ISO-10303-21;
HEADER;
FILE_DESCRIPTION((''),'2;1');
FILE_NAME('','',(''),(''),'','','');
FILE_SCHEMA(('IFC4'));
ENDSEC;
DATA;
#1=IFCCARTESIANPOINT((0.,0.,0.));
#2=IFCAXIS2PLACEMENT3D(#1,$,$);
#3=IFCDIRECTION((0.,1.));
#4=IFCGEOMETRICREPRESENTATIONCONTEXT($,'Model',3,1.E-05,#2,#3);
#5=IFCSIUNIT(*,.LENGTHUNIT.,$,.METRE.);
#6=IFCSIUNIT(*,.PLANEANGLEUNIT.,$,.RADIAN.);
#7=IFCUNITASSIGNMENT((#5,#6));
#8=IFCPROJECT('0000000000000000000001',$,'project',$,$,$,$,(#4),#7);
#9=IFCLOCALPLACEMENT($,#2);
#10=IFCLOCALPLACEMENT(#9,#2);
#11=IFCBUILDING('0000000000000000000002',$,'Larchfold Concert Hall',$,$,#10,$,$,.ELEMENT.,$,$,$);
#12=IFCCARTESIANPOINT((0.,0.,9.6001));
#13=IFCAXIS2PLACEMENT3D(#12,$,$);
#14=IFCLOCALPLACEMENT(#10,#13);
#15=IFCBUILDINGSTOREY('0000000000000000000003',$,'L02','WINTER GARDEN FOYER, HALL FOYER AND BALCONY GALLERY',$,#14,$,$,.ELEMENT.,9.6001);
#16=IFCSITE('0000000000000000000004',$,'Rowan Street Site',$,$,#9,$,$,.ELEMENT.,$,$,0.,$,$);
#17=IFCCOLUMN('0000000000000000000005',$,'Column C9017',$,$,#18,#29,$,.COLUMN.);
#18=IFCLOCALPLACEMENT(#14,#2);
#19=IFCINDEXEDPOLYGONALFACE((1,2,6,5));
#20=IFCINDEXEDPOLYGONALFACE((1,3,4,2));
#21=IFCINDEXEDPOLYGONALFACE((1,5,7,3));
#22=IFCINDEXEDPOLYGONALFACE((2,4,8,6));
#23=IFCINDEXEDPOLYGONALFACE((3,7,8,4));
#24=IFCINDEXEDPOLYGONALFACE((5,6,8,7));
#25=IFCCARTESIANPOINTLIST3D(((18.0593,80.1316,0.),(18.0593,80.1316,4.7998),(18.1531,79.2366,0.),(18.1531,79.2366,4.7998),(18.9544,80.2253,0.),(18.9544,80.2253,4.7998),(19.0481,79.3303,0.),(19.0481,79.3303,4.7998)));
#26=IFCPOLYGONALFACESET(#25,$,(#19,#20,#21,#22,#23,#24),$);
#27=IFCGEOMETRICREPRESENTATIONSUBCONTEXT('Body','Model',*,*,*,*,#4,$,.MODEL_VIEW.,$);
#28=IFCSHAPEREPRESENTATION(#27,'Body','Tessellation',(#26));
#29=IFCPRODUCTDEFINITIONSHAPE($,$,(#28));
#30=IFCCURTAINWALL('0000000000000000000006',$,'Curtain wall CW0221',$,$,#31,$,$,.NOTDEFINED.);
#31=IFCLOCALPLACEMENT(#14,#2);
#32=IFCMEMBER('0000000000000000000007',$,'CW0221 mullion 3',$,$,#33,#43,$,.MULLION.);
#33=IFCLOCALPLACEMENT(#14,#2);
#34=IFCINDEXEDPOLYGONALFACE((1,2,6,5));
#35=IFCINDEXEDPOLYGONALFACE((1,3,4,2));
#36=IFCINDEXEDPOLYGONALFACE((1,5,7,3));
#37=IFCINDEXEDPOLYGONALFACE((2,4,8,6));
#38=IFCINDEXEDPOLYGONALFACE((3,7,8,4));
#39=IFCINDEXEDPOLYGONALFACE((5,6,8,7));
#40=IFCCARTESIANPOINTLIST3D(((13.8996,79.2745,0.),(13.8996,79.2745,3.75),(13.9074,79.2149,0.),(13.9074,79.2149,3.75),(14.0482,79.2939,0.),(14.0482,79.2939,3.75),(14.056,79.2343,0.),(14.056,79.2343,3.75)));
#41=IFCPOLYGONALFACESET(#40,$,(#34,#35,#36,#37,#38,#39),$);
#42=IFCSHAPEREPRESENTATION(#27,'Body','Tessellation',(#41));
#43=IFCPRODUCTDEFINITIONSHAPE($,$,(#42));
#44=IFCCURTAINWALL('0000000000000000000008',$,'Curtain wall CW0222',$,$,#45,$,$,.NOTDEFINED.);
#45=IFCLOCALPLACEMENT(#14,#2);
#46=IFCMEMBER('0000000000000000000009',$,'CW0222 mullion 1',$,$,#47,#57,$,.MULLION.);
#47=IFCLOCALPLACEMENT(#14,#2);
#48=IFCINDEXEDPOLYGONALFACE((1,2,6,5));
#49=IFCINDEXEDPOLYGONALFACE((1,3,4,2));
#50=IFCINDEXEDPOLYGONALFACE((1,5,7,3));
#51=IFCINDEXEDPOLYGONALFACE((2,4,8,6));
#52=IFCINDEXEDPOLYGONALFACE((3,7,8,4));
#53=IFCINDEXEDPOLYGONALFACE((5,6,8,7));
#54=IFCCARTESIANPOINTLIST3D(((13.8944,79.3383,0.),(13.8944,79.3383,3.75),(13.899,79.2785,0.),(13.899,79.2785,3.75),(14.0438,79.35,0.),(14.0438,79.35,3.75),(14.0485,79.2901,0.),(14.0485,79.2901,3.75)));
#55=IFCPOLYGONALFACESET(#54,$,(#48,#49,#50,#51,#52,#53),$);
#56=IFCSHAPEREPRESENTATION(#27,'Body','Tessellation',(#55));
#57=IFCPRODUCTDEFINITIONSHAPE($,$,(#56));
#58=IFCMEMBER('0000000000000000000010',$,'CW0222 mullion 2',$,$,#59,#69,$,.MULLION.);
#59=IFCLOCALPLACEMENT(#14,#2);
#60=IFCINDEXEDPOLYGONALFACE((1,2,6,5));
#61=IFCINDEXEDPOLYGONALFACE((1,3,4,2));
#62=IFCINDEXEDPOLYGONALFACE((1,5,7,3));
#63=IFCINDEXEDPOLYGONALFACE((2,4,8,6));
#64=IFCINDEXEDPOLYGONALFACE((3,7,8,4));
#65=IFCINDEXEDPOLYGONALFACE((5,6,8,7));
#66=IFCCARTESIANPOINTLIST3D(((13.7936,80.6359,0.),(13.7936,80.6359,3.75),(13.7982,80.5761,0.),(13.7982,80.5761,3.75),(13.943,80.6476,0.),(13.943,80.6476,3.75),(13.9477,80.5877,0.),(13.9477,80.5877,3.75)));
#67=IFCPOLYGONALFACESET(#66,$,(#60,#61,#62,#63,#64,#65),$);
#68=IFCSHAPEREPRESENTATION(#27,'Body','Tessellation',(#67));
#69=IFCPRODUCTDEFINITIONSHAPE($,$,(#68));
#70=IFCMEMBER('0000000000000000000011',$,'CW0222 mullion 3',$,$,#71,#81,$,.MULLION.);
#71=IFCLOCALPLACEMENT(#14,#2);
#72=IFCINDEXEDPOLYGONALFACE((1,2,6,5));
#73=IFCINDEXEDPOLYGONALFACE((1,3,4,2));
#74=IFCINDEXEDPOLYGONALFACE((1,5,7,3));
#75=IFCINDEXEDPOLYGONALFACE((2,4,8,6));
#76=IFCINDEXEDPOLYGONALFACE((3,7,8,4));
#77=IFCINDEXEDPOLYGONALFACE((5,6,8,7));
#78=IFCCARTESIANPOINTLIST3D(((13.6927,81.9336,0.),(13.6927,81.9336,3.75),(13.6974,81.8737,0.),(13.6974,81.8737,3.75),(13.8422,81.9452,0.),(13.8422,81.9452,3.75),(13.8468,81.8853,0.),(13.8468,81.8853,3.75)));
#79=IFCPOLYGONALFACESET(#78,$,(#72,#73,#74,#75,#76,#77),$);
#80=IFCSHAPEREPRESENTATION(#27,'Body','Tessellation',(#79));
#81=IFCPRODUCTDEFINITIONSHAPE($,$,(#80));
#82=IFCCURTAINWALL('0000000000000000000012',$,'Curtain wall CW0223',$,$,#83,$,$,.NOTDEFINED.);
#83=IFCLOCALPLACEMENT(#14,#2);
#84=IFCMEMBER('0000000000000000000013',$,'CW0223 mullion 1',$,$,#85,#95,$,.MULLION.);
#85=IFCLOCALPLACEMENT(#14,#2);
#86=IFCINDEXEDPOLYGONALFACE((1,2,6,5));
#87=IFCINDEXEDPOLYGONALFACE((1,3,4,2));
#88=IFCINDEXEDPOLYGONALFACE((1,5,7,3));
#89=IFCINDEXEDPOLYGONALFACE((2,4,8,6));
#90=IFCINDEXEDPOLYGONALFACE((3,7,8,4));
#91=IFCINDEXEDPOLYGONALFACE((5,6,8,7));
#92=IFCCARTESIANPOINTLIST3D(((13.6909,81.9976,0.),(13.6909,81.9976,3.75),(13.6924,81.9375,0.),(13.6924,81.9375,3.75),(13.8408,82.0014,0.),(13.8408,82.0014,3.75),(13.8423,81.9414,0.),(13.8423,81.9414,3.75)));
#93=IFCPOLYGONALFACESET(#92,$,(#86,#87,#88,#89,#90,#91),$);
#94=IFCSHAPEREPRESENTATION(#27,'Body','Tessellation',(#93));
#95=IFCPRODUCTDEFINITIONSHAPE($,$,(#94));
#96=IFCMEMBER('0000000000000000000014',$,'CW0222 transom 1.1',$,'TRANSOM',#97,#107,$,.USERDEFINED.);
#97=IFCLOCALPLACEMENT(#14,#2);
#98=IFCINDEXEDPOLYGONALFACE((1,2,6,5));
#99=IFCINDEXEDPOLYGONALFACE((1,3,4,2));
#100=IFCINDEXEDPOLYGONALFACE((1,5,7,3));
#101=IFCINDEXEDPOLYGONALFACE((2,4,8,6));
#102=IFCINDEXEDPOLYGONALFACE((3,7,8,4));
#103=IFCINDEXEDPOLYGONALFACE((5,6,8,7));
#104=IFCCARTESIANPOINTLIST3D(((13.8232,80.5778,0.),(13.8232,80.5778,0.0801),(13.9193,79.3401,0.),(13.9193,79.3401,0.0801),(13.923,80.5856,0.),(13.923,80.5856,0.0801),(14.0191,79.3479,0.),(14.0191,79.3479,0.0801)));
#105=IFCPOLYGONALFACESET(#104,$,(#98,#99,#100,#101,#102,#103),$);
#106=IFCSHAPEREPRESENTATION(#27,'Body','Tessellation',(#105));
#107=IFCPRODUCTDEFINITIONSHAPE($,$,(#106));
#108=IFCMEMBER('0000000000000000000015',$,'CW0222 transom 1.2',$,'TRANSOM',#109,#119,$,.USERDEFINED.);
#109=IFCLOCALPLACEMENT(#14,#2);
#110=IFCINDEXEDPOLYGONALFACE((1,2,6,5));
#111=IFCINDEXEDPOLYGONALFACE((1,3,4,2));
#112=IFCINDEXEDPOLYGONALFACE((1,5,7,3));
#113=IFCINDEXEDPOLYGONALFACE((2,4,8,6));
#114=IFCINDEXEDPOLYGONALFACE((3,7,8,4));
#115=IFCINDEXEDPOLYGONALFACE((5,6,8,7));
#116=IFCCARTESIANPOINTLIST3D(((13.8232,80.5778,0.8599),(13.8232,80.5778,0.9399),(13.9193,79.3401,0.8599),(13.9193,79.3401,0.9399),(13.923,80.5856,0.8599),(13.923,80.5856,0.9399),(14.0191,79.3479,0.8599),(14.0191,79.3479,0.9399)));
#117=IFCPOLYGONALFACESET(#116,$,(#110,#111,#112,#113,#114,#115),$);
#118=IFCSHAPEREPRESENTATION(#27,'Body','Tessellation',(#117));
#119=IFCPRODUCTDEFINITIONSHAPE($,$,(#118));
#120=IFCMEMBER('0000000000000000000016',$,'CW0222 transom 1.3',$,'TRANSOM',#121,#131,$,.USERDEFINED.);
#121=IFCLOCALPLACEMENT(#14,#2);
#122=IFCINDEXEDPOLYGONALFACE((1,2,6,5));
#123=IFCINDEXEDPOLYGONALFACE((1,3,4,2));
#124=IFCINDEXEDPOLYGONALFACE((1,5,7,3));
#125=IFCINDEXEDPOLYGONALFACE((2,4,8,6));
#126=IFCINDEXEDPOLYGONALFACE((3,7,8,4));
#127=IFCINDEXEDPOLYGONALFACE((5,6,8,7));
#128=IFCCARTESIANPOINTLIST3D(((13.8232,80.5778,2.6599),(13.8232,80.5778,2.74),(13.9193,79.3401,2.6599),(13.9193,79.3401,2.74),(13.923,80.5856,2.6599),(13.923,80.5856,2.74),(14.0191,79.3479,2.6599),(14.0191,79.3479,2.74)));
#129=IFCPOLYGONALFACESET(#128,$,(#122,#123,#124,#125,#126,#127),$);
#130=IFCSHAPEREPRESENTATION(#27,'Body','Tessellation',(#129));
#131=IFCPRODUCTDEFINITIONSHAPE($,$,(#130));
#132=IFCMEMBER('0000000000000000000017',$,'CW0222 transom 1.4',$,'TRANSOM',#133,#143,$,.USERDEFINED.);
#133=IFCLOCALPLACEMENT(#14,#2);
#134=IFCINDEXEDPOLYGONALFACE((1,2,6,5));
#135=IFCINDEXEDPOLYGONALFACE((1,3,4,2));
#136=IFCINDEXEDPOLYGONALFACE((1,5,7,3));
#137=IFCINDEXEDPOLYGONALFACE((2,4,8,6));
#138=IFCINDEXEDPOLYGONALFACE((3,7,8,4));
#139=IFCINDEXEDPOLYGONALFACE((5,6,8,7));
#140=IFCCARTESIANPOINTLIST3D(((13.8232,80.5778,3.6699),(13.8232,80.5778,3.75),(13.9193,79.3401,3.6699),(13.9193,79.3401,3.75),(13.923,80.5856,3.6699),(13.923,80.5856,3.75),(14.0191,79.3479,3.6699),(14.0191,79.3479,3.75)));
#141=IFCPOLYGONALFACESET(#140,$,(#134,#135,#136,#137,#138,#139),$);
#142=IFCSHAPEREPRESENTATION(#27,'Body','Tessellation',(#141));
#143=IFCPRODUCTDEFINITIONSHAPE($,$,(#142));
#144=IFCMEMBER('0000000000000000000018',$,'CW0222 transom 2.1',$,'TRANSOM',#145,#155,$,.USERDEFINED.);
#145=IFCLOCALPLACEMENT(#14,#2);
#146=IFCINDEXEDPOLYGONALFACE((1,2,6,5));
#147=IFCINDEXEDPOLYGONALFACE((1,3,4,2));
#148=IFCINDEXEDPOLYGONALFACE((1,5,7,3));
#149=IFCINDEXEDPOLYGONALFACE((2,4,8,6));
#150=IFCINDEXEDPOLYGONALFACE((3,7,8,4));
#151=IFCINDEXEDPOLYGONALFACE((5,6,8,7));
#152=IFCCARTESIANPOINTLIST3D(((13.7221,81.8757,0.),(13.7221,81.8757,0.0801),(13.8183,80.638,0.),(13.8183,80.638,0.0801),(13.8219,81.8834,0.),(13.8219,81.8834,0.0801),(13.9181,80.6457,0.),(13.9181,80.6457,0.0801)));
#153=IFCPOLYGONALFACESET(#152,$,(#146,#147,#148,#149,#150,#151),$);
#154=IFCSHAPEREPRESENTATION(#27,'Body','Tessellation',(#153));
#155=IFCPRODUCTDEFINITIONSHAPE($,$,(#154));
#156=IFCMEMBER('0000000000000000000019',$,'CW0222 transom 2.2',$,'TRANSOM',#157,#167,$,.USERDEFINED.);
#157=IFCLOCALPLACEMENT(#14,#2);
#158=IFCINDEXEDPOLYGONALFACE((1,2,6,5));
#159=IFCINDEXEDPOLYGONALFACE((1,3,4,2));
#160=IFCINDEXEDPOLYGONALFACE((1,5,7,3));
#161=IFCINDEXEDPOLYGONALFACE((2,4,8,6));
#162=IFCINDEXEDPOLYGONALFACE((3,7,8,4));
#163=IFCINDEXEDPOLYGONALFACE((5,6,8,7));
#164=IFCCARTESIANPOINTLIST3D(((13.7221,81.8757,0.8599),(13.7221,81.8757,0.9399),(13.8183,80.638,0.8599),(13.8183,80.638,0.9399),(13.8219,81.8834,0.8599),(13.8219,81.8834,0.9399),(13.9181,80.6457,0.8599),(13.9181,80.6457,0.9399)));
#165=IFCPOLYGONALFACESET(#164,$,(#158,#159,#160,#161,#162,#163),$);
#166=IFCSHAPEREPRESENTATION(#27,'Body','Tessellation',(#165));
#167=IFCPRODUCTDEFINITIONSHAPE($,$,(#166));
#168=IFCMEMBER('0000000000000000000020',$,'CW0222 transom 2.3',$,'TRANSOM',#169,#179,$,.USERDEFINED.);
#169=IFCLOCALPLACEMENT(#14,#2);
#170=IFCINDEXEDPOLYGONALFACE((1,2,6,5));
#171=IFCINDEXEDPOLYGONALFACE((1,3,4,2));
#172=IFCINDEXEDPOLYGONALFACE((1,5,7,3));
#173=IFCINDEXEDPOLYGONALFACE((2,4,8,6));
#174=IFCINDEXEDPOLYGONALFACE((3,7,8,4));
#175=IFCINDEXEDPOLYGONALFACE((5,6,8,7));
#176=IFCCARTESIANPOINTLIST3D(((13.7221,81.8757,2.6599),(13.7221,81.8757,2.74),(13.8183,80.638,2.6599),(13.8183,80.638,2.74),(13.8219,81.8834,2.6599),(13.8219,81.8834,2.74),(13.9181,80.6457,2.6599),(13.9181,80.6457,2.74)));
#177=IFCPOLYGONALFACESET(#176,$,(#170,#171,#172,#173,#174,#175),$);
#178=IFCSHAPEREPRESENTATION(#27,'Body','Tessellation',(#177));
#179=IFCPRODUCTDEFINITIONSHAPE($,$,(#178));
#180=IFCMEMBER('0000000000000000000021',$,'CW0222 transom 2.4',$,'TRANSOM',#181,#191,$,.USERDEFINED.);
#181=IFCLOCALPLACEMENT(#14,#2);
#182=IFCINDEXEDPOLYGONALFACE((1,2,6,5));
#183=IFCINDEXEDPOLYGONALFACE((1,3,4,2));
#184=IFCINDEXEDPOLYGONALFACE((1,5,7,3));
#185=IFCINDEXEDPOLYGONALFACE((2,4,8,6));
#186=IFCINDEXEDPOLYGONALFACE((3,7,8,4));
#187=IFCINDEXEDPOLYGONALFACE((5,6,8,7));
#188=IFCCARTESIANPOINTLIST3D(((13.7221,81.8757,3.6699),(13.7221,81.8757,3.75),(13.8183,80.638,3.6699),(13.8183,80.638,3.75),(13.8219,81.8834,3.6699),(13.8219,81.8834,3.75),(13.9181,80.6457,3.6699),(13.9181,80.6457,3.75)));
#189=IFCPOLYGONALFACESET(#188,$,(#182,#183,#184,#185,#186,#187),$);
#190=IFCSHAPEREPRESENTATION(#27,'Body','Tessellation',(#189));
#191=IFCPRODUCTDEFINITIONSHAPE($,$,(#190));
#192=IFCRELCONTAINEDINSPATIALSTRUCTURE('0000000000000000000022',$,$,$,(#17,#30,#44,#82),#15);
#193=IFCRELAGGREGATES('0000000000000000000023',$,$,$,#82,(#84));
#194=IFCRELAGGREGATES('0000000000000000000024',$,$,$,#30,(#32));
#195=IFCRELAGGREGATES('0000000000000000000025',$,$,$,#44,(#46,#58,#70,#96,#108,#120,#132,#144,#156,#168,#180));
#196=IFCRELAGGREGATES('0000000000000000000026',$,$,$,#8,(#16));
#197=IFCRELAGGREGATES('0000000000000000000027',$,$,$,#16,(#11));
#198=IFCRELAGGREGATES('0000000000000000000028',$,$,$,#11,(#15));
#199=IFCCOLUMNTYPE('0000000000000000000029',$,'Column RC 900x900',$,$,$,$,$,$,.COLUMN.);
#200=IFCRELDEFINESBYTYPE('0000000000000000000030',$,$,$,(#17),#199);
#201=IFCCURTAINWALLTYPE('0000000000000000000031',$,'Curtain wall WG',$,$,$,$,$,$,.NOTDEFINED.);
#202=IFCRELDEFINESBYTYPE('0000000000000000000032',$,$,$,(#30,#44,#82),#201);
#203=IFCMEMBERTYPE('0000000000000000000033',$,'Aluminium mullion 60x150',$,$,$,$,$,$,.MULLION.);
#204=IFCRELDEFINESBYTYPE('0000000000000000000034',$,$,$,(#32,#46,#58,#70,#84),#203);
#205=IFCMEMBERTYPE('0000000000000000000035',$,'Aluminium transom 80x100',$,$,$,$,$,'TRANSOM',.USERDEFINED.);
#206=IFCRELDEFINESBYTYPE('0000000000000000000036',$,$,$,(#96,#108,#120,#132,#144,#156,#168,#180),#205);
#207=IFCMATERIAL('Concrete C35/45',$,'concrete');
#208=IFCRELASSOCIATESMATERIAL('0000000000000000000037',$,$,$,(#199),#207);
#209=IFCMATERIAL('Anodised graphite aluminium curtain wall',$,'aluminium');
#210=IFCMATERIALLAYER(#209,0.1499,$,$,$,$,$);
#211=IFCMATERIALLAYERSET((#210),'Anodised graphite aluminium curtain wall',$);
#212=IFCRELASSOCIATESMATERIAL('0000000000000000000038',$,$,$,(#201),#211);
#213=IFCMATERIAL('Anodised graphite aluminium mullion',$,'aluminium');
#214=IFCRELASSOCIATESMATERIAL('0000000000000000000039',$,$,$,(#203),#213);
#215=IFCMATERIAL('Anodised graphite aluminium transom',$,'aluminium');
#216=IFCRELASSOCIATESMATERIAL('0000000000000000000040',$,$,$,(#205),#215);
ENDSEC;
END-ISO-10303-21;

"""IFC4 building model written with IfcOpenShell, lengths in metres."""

from ifc_helpers import new_model, si_unit, direction, frame, origin, origin_2d, place, context, subcontext, project, spatial, rectangle, extrude, material, layer, layer_set, material_profile, profile_set, type_object, element, aggregate, save


model = new_model("IFC4")

# Units and contexts
model_context = context("Model", 3, precision=1e-05, world=origin(), true_north=direction((0.0, 1.0)))
body_context = subcontext(model_context, "Body", "Model", "MODEL_VIEW")
ifc_project = project(units=[si_unit("LENGTHUNIT", "METRE"), si_unit("PLANEANGLEUNIT", "RADIAN")], contexts=[model_context])

# Site, building, storey
site_placement = place(None, origin())
site = spatial("IfcSite", under=ifc_project, at=site_placement, Name="Rowan Street Site", CompositionType="ELEMENT", RefElevation=0.0)
building_placement = place(site_placement, origin())
building = spatial("IfcBuilding", under=site, at=building_placement, Name="Larchfold Concert Hall", CompositionType="ELEMENT")
storey_placement = place(building_placement, frame((0.0, 0.0, 9.6001)))
storey = spatial("IfcBuildingStorey", under=building, at=storey_placement, Name="L02", Description="WINTER GARDEN FOYER, HALL FOYER AND BALCONY GALLERY", CompositionType="ELEMENT", Elevation=9.6001)

# Column
ifc_material_1 = material(Name="Concrete C35/45", Category="concrete")
ifc_material_profile_1 = material_profile(ifc_material_1, rectangle(XDim=0.8999, YDim=0.8999, at=origin_2d()))
ifc_profile_set_1 = profile_set([ifc_material_profile_1], Name="Concrete C35/45")
column_type = type_object("IfcColumnType", Name="Column RC 900x900", PredefinedType="COLUMN", material=ifc_profile_set_1)
column_placement = place(storey_placement, frame((18.5537, 79.731, 0.0), z_axis=(0.0, 0.0, 1.0), x_axis=(0.994561, 0.104152, 0.0)))
element("IfcColumn", 1, at=column_placement, inside=storey, type_object=column_type, Name="Column C9017", PredefinedType="COLUMN", context=body_context, shape_type="SweptSolid", body=[
    extrude(rectangle(XDim=0.8999, YDim=0.8999, at=origin_2d()), origin(), (0.0, 0.0, 1.0), 4.7998),
])

# Curtain wall, member
ifc_material_2 = material(Name="Anodised graphite aluminium curtain wall", Category="aluminium")
ifc_layer_1 = layer(ifc_material_2, 0.1499)
ifc_layer_set_1 = layer_set([ifc_layer_1], Name="Anodised graphite aluminium curtain wall")
curtain_wall_type = type_object("IfcCurtainWallType", Name="Curtain wall WG", PredefinedType="NOTDEFINED", material=ifc_layer_set_1)
curtain_wall_1_placement = place(storey_placement, origin())
curtain_wall_1 = element("IfcCurtainWall", 2, at=curtain_wall_1_placement, inside=storey, type_object=curtain_wall_type, Name="Curtain wall CW0221", PredefinedType="NOTDEFINED")
ifc_material_3 = material(Name="Anodised graphite aluminium mullion", Category="aluminium")
ifc_material_profile_2 = material_profile(ifc_material_3, rectangle(XDim=0.1499, YDim=0.0601, at=origin_2d()))
ifc_profile_set_2 = profile_set([ifc_material_profile_2], Name="Anodised graphite aluminium mullion")
member_type_1 = type_object("IfcMemberType", Name="Aluminium mullion 60x150", PredefinedType="MULLION", material=ifc_profile_set_2)
member_1_placement = place(storey_placement, frame((13.9778, 79.2544, 0.0), z_axis=(0.0, 0.0, 1.0), x_axis=(-0.991561, -0.129644, 0.0)))
member_1 = element("IfcMember", 3, at=member_1_placement, type_object=member_type_1, Name="CW0221 mullion 3", PredefinedType="MULLION", context=body_context, shape_type="SweptSolid", body=[
    extrude(rectangle(XDim=0.1499, YDim=0.0601, at=origin_2d()), origin(), (0.0, 0.0, 1.0), 3.75),
])

# Curtain wall, members
curtain_wall_2_placement = place(storey_placement, origin())
curtain_wall_2 = element("IfcCurtainWall", 4, at=curtain_wall_2_placement, inside=storey, type_object=curtain_wall_type, Name="Curtain wall CW0222", PredefinedType="NOTDEFINED")
member_2_placement = place(storey_placement, frame((13.9714, 79.3142, 0.0), z_axis=(0.0, 0.0, 1.0), x_axis=(-0.996988, -0.077552, 0.0)))
member_2 = element("IfcMember", 5, at=member_2_placement, type_object=member_type_1, Name="CW0222 mullion 1", PredefinedType="MULLION", context=body_context, shape_type="SweptSolid", body=[
    extrude(rectangle(XDim=0.1499, YDim=0.0601, at=origin_2d()), origin(), (0.0, 0.0, 1.0), 3.75),
])
member_3_placement = place(storey_placement, frame((13.8706, 80.6118, 0.0), z_axis=(0.0, 0.0, 1.0), x_axis=(-0.996988, -0.077552, 0.0)))
member_3 = element("IfcMember", 6, at=member_3_placement, type_object=member_type_1, Name="CW0222 mullion 2", PredefinedType="MULLION", context=body_context, shape_type="SweptSolid", body=[
    extrude(rectangle(XDim=0.1499, YDim=0.0601, at=origin_2d()), origin(), (0.0, 0.0, 1.0), 3.75),
])
member_4_placement = place(storey_placement, frame((13.7698, 81.9094, 0.0), z_axis=(0.0, 0.0, 1.0), x_axis=(-0.996988, -0.077552, 0.0)))
member_4 = element("IfcMember", 7, at=member_4_placement, type_object=member_type_1, Name="CW0222 mullion 3", PredefinedType="MULLION", context=body_context, shape_type="SweptSolid", body=[
    extrude(rectangle(XDim=0.1499, YDim=0.0601, at=origin_2d()), origin(), (0.0, 0.0, 1.0), 3.75),
])

# Curtain wall, member
curtain_wall_3_placement = place(storey_placement, origin())
curtain_wall_3 = element("IfcCurtainWall", 8, at=curtain_wall_3_placement, inside=storey, type_object=curtain_wall_type, Name="Curtain wall CW0223", PredefinedType="NOTDEFINED")
member_5_placement = place(storey_placement, frame((13.7666, 81.9695, 0.0), z_axis=(0.0, 0.0, 1.0), x_axis=(-0.999668, -0.025776, 0.0)))
member_5 = element("IfcMember", 9, at=member_5_placement, type_object=member_type_1, Name="CW0223 mullion 1", PredefinedType="MULLION", context=body_context, shape_type="SweptSolid", body=[
    extrude(rectangle(XDim=0.1499, YDim=0.0601, at=origin_2d()), origin(), (0.0, 0.0, 1.0), 3.75),
])
aggregate(curtain_wall_3, [member_5])

# Members
ifc_material_4 = material(Name="Anodised graphite aluminium transom", Category="aluminium")
ifc_material_profile_3 = material_profile(ifc_material_4, rectangle(XDim=0.1001, YDim=0.0801, at=origin_2d()))
ifc_profile_set_3 = profile_set([ifc_material_profile_3], Name="Anodised graphite aluminium transom")
member_type_2 = type_object("IfcMemberType", Name="Aluminium transom 80x100", ElementType="TRANSOM", PredefinedType="USERDEFINED", material=ifc_profile_set_3)
member_6_placement = place(storey_placement, frame((13.9692, 79.344, 0.04), z_axis=(-0.077478, 0.996994, 0.0), x_axis=(-0.996994, -0.077478, 0.0)))
member_6 = element("IfcMember", 10, at=member_6_placement, type_object=member_type_2, Name="CW0222 transom 1.1", ObjectType="TRANSOM", PredefinedType="USERDEFINED", context=body_context, shape_type="SweptSolid", body=[
    extrude(rectangle(XDim=0.1001, YDim=0.0801, at=origin_2d()), origin(), (0.0, 0.0, 1.0), 1.2415),
])
member_7_placement = place(storey_placement, frame((13.9692, 79.344, 0.8999), z_axis=(-0.077478, 0.996994, 0.0), x_axis=(-0.996994, -0.077478, 0.0)))
member_7 = element("IfcMember", 11, at=member_7_placement, type_object=member_type_2, Name="CW0222 transom 1.2", ObjectType="TRANSOM", PredefinedType="USERDEFINED", context=body_context, shape_type="SweptSolid", body=[
    extrude(rectangle(XDim=0.1001, YDim=0.0801, at=origin_2d()), origin(), (0.0, 0.0, 1.0), 1.2415),
])
member_8_placement = place(storey_placement, frame((13.9692, 79.344, 2.7), z_axis=(-0.077478, 0.996994, 0.0), x_axis=(-0.996994, -0.077478, 0.0)))
member_8 = element("IfcMember", 12, at=member_8_placement, type_object=member_type_2, Name="CW0222 transom 1.3", ObjectType="TRANSOM", PredefinedType="USERDEFINED", context=body_context, shape_type="SweptSolid", body=[
    extrude(rectangle(XDim=0.1001, YDim=0.0801, at=origin_2d()), origin(), (0.0, 0.0, 1.0), 1.2415),
])
member_9_placement = place(storey_placement, frame((13.9692, 79.344, 3.71), z_axis=(-0.077478, 0.996994, 0.0), x_axis=(-0.996994, -0.077478, 0.0)))
member_9 = element("IfcMember", 13, at=member_9_placement, type_object=member_type_2, Name="CW0222 transom 1.4", ObjectType="TRANSOM", PredefinedType="USERDEFINED", context=body_context, shape_type="SweptSolid", body=[
    extrude(rectangle(XDim=0.1001, YDim=0.0801, at=origin_2d()), origin(), (0.0, 0.0, 1.0), 1.2415),
])
member_10_placement = place(storey_placement, frame((13.8682, 80.6418, 0.04), z_axis=(-0.077478, 0.996994, 0.0), x_axis=(-0.996994, -0.077478, 0.0)))
member_10 = element("IfcMember", 14, at=member_10_placement, type_object=member_type_2, Name="CW0222 transom 2.1", ObjectType="TRANSOM", PredefinedType="USERDEFINED", context=body_context, shape_type="SweptSolid", body=[
    extrude(rectangle(XDim=0.1001, YDim=0.0801, at=origin_2d()), origin(), (0.0, 0.0, 1.0), 1.2415),
])
member_11_placement = place(storey_placement, frame((13.8682, 80.6418, 0.8999), z_axis=(-0.077478, 0.996994, 0.0), x_axis=(-0.996994, -0.077478, 0.0)))
member_11 = element("IfcMember", 15, at=member_11_placement, type_object=member_type_2, Name="CW0222 transom 2.2", ObjectType="TRANSOM", PredefinedType="USERDEFINED", context=body_context, shape_type="SweptSolid", body=[
    extrude(rectangle(XDim=0.1001, YDim=0.0801, at=origin_2d()), origin(), (0.0, 0.0, 1.0), 1.2415),
])
member_12_placement = place(storey_placement, frame((13.8682, 80.6418, 2.7), z_axis=(-0.077478, 0.996994, 0.0), x_axis=(-0.996994, -0.077478, 0.0)))
member_12 = element("IfcMember", 16, at=member_12_placement, type_object=member_type_2, Name="CW0222 transom 2.3", ObjectType="TRANSOM", PredefinedType="USERDEFINED", context=body_context, shape_type="SweptSolid", body=[
    extrude(rectangle(XDim=0.1001, YDim=0.0801, at=origin_2d()), origin(), (0.0, 0.0, 1.0), 1.2415),
])
member_13_placement = place(storey_placement, frame((13.8682, 80.6418, 3.71), z_axis=(-0.077478, 0.996994, 0.0), x_axis=(-0.996994, -0.077478, 0.0)))
member_13 = element("IfcMember", 17, at=member_13_placement, type_object=member_type_2, Name="CW0222 transom 2.4", ObjectType="TRANSOM", PredefinedType="USERDEFINED", context=body_context, shape_type="SweptSolid", body=[
    extrude(rectangle(XDim=0.1001, YDim=0.0801, at=origin_2d()), origin(), (0.0, 0.0, 1.0), 1.2415),
])

aggregate(curtain_wall_1, [member_1])
aggregate(curtain_wall_2, [member_2, member_3, member_4, member_6, member_7, member_8, member_9, member_10, member_11, member_12, member_13])

save(model, "model.ifc")
